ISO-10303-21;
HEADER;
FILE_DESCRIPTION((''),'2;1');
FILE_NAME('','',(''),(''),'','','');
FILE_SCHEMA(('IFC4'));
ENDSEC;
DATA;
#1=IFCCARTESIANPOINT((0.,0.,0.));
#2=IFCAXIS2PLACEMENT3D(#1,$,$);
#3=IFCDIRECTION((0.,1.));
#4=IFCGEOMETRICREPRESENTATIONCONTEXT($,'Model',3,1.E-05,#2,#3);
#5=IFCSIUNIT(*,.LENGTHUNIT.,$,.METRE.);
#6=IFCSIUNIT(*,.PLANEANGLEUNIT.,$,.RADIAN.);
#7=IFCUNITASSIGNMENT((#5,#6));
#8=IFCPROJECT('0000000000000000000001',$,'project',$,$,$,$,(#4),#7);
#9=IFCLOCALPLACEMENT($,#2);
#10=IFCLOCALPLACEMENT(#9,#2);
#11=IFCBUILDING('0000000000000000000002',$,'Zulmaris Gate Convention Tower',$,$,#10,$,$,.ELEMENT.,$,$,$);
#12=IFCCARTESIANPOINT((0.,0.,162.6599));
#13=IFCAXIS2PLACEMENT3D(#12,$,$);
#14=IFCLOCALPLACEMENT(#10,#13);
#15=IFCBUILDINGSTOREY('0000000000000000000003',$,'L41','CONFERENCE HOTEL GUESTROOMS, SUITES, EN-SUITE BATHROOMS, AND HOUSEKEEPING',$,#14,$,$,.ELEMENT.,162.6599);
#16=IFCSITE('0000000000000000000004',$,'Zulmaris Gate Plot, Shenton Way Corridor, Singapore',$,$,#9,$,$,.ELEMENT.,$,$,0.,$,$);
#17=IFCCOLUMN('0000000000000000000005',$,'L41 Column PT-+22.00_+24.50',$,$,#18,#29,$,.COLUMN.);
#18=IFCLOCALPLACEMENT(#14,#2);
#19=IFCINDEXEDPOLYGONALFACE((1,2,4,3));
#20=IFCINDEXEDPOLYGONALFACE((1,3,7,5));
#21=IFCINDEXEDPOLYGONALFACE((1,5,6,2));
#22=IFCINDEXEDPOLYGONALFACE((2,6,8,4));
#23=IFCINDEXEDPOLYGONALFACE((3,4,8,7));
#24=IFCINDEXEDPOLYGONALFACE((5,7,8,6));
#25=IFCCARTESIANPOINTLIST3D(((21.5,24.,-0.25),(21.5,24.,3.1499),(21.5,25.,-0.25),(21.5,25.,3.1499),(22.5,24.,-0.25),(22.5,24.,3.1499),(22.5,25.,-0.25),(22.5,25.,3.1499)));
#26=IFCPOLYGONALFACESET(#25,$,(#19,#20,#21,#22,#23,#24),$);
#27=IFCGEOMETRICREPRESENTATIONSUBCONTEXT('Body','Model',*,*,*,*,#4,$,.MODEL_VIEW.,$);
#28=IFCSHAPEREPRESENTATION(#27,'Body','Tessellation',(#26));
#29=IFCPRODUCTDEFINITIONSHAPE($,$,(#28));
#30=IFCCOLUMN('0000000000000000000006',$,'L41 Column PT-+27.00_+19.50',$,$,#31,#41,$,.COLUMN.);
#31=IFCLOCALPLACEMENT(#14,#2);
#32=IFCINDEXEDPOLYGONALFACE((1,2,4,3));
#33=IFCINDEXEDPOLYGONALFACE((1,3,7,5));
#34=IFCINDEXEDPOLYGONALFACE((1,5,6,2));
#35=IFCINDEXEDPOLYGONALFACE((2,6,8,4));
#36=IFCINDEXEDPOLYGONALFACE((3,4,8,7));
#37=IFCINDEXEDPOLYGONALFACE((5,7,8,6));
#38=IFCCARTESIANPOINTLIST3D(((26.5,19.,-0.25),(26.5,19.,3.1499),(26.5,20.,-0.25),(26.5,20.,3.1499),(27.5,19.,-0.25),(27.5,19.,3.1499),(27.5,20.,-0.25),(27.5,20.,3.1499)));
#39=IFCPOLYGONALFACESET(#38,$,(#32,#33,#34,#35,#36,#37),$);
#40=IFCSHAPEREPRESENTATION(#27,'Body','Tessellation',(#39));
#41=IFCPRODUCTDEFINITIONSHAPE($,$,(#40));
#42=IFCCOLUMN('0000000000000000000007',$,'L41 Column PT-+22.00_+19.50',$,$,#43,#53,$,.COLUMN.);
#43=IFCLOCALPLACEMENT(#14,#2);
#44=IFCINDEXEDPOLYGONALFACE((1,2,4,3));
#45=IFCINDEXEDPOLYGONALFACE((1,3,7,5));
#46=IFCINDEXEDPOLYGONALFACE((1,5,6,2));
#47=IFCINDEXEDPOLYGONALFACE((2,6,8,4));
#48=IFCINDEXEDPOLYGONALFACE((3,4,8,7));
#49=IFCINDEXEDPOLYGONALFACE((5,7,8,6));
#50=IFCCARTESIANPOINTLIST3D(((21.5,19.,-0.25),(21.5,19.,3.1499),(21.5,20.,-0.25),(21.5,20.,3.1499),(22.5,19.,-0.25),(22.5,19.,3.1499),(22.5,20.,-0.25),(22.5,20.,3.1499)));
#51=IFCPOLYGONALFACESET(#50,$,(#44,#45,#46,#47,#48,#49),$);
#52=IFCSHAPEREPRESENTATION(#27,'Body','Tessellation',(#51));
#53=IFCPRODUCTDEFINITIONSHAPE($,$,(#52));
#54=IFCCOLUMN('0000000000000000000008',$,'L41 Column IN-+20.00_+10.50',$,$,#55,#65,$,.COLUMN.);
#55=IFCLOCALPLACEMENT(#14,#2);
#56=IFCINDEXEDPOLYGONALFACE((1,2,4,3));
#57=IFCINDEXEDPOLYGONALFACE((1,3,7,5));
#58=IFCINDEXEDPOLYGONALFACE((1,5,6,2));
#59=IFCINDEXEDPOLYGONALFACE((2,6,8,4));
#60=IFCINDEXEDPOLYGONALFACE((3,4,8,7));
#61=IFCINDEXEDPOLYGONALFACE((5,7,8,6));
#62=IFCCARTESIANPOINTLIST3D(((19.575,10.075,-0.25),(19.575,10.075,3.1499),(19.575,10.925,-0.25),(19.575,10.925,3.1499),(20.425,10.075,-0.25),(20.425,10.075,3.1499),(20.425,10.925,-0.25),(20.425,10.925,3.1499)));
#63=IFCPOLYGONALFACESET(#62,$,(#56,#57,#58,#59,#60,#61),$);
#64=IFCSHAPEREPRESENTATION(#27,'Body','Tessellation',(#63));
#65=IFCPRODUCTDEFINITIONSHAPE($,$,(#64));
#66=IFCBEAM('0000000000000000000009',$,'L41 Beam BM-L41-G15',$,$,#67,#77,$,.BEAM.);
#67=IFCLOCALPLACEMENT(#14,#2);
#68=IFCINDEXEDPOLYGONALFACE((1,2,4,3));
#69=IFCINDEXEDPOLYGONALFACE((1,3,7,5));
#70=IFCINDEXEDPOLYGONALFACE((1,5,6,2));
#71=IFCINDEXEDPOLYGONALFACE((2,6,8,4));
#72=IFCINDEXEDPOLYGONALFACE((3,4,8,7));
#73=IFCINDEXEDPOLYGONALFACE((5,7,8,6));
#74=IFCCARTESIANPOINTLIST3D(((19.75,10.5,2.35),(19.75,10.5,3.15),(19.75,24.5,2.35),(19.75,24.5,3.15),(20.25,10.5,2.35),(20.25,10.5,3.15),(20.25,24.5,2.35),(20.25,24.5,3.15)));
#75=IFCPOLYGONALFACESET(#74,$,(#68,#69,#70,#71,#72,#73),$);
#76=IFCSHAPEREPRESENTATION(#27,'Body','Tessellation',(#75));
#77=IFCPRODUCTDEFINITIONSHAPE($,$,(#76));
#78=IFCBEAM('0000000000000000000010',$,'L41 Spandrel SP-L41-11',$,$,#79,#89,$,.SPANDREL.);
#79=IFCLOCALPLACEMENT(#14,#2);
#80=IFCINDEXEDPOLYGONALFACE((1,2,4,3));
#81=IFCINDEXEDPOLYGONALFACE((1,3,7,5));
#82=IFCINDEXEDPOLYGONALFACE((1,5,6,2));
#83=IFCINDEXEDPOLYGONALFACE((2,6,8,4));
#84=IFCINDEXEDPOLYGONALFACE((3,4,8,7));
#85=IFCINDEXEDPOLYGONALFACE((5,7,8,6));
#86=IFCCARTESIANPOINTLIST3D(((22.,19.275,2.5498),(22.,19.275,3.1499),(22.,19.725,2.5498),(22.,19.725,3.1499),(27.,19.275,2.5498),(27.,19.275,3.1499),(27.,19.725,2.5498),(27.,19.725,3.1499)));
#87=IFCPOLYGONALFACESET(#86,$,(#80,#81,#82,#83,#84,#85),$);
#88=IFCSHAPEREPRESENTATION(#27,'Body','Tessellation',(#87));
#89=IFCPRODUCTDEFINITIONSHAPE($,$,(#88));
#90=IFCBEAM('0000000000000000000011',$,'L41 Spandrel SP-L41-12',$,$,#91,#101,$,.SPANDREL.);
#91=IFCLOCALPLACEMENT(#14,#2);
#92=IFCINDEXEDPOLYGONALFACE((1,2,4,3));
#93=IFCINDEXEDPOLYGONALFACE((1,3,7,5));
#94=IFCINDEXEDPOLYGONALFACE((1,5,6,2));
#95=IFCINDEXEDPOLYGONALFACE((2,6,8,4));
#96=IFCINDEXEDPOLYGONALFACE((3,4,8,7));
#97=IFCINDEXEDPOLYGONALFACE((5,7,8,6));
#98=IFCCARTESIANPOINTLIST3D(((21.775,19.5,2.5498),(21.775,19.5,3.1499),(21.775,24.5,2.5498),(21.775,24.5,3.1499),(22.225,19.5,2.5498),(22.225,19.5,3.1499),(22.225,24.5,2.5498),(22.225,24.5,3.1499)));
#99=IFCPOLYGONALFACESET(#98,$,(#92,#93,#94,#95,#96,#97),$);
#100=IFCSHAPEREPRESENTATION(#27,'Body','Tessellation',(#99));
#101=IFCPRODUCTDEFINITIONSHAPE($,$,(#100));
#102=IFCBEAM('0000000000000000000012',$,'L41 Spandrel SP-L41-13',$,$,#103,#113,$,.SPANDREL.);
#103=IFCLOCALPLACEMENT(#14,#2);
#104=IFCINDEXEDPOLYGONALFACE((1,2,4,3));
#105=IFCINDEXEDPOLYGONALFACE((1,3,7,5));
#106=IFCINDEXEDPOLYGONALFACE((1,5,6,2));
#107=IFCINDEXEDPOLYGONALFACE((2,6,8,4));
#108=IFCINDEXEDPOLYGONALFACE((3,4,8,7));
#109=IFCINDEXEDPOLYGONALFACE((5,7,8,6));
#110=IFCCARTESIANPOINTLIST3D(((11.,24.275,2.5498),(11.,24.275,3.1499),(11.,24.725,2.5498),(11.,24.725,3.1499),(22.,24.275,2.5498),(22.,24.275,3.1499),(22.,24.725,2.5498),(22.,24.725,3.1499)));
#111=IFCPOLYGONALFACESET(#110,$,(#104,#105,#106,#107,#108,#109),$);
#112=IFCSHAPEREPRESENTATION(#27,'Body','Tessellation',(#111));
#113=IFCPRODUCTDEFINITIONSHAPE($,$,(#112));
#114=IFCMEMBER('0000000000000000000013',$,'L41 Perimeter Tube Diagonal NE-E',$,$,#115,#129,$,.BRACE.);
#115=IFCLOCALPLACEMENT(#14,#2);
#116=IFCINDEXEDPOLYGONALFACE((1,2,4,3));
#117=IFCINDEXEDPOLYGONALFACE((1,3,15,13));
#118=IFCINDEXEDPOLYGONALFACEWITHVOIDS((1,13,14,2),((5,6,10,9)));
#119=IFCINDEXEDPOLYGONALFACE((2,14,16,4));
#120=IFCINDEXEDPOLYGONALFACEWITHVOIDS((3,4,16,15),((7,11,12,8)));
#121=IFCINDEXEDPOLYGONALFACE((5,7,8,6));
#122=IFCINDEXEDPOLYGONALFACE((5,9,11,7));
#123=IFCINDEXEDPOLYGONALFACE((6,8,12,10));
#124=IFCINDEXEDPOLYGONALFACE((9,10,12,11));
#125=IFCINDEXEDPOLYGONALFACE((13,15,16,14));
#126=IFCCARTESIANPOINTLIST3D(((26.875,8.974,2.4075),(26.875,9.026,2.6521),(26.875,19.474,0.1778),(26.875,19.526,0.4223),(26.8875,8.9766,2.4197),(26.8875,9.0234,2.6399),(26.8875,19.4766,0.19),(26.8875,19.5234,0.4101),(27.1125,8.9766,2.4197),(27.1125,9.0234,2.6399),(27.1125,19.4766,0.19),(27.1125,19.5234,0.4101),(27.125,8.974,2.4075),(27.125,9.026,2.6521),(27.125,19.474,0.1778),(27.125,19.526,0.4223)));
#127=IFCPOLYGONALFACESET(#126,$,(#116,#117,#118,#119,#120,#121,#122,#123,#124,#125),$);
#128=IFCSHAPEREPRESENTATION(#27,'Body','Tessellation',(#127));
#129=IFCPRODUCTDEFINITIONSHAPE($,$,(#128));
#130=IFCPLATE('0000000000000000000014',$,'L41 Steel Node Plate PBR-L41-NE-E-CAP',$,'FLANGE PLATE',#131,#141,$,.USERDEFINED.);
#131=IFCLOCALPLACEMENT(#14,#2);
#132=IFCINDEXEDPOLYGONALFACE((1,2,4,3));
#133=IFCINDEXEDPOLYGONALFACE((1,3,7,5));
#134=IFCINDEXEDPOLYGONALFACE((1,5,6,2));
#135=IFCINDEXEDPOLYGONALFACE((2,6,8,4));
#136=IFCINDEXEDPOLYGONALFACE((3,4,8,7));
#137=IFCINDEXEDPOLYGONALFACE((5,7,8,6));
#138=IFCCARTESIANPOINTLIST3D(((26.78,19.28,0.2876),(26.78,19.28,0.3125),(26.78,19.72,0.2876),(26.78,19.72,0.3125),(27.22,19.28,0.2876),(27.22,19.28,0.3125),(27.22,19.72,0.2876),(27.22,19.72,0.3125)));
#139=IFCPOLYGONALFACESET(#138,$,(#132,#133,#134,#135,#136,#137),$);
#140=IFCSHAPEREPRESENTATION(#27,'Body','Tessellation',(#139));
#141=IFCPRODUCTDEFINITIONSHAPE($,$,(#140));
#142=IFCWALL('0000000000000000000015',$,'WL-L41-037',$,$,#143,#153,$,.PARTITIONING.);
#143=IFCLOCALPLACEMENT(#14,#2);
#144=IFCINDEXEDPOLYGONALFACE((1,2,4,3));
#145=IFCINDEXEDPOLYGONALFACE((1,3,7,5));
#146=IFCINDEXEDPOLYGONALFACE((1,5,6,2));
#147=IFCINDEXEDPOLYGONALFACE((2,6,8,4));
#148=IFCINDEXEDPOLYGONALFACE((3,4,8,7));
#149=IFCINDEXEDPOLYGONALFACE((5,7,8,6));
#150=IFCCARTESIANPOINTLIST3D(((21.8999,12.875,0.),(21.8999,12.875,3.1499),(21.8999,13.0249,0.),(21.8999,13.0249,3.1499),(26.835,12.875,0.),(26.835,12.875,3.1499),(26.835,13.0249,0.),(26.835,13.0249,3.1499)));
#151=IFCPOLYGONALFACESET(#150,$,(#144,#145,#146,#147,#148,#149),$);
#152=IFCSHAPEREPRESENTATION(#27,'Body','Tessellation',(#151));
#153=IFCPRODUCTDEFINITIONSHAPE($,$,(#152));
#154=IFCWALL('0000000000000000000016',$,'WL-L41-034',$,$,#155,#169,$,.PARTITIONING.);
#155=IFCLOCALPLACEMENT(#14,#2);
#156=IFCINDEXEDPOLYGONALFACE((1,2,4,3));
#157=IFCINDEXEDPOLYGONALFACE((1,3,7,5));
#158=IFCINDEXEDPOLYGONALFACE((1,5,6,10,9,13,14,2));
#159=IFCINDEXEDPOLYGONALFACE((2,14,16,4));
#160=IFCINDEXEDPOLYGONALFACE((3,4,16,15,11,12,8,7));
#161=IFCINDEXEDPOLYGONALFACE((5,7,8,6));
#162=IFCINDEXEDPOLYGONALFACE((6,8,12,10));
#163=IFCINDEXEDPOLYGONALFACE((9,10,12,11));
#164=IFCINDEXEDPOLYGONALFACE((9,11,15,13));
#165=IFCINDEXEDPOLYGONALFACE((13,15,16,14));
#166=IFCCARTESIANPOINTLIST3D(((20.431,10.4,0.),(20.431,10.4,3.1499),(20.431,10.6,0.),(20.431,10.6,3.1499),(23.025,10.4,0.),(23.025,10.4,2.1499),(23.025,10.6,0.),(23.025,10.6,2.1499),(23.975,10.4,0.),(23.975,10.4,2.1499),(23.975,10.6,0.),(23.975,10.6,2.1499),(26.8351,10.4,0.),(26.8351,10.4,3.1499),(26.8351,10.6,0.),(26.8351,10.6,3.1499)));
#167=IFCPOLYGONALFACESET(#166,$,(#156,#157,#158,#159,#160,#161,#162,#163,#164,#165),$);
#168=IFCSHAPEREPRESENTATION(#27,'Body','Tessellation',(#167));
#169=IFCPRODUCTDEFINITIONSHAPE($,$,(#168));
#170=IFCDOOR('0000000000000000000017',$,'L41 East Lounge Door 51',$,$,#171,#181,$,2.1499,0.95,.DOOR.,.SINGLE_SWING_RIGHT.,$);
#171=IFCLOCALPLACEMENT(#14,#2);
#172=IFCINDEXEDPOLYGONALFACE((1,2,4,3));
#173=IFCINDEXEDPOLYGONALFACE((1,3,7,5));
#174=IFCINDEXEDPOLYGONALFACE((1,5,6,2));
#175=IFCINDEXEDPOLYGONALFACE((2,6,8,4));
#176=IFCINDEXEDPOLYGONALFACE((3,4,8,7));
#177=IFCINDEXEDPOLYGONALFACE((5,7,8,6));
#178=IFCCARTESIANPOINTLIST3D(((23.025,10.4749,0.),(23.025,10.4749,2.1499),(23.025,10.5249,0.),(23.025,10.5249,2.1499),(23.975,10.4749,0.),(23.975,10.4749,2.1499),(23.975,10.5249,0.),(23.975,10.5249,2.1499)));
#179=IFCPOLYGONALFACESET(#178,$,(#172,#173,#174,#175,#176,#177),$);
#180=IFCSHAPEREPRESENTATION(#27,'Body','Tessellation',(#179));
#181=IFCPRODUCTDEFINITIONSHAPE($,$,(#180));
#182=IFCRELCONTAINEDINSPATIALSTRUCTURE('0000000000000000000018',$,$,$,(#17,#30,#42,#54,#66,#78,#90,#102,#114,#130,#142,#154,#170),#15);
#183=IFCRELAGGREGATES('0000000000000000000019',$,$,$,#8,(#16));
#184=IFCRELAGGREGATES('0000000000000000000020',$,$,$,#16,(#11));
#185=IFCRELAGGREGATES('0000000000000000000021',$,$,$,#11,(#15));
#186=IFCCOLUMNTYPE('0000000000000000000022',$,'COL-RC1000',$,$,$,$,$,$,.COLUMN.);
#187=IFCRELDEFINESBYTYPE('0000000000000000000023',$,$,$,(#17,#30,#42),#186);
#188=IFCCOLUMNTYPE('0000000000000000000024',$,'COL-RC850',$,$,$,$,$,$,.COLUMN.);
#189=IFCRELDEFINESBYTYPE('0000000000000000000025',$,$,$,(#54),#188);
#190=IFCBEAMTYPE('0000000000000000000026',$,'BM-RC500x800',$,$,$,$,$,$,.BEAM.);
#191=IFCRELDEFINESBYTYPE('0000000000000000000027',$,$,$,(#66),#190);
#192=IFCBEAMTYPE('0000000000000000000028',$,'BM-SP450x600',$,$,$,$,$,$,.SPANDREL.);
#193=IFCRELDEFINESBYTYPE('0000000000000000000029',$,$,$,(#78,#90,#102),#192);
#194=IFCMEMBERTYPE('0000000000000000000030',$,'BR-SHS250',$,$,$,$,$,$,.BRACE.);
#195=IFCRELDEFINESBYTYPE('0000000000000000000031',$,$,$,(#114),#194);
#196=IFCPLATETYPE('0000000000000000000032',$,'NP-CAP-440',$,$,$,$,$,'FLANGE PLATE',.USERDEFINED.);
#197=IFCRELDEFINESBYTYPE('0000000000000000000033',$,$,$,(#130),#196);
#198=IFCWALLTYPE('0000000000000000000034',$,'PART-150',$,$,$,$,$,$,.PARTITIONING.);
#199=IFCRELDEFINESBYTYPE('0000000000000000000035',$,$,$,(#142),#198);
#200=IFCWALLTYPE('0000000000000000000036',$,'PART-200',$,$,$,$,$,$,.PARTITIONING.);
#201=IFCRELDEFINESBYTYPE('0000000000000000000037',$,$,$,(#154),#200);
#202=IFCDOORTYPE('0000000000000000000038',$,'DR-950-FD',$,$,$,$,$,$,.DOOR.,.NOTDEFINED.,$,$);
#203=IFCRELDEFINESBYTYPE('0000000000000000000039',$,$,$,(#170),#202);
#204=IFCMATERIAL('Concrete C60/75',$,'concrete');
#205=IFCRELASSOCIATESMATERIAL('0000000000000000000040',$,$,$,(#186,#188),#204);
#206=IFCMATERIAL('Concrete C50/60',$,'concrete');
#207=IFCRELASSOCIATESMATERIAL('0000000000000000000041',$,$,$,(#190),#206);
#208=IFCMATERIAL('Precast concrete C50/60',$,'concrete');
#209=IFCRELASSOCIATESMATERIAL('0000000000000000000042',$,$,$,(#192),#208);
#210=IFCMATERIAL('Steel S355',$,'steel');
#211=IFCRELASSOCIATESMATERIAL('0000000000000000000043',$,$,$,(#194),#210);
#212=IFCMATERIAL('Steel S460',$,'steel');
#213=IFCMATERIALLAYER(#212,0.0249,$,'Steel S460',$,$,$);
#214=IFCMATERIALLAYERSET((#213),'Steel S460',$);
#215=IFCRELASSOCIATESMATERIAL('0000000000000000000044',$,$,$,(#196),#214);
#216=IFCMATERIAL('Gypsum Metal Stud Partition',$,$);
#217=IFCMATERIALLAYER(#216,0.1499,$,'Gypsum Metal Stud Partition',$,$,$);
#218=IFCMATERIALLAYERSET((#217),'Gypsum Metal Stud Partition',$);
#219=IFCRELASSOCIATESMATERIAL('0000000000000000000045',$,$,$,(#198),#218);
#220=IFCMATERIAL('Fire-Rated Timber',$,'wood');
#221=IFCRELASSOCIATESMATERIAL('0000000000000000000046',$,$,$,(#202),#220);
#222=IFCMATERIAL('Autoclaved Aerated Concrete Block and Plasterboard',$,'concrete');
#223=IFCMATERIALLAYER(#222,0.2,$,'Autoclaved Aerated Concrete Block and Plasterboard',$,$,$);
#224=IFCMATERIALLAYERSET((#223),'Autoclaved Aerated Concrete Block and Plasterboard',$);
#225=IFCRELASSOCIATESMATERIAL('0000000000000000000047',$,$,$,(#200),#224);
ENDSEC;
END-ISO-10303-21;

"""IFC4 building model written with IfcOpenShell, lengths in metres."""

from ifc_helpers import new_model, si_unit, direction, frame, frame_2d, origin, origin_2d, place, context, subcontext, project, spatial, rectangle, hollow_rectangle, extrude, material, layer, layer_set, material_profile, profile_set, type_object, element, fill, save


model = new_model("IFC4")

# Units and contexts
model_context = context("Model", 3, precision=1e-05, world=origin(), true_north=direction((0.0, 1.0)))
body_context = subcontext(model_context, "Body", "Model", "MODEL_VIEW")
ifc_project = project(units=[si_unit("LENGTHUNIT", "METRE"), si_unit("PLANEANGLEUNIT", "RADIAN")], contexts=[model_context])

# Site, building, storey
site_placement = place(None, origin())
site = spatial("IfcSite", under=ifc_project, at=site_placement, Name="Zulmaris Gate Plot, Shenton Way Corridor, Singapore", CompositionType="ELEMENT", RefElevation=0.0)
building_placement = place(site_placement, origin())
building = spatial("IfcBuilding", under=site, at=building_placement, Name="Zulmaris Gate Convention Tower", CompositionType="ELEMENT")
storey_placement = place(building_placement, frame((0.0, 0.0, 162.6599)))
storey = spatial("IfcBuildingStorey", under=building, at=storey_placement, Name="L41", Description="CONFERENCE HOTEL GUESTROOMS, SUITES, EN-SUITE BATHROOMS, AND HOUSEKEEPING", CompositionType="ELEMENT", Elevation=162.6599)

# Columns
ifc_material_1 = material(Name="Concrete C60/75", Category="concrete")
ifc_material_profile_1 = material_profile(ifc_material_1, rectangle(XDim=1.0, YDim=1.0, at=origin_2d()), Name="RC COL 1000x1000")
ifc_profile_set_1 = profile_set([ifc_material_profile_1], Name="Concrete C60/75")
column_type_1 = type_object("IfcColumnType", Name="COL-RC1000", PredefinedType="COLUMN", material=ifc_profile_set_1)
for number, where, z_axis, x_axis, name in (
    (1, (22.0, 24.5, -0.25), (0.0, 0.0, 1.0), (1.0, 0.0, 0.0), "L41 Column PT-+22.00_+24.50"),
    (2, (27.0, 19.5, -0.25), (0.0, 0.0, 1.0), (1.0, 0.0, 0.0), "L41 Column PT-+27.00_+19.50"),
    (3, (22.0, 19.5, -0.25), (0.0, 0.0, 1.0), (1.0, 0.0, 0.0), "L41 Column PT-+22.00_+19.50"),
):
    element("IfcColumn", number, at=place(storey_placement, frame(where, z_axis=z_axis, x_axis=x_axis)), inside=storey, type_object=column_type_1, Name=name, PredefinedType="COLUMN", context=body_context, shape_type="SweptSolid", body=[
        extrude(rectangle(XDim=1.0, YDim=1.0, at=origin_2d()), origin(), (0.0, 0.0, 1.0), 3.3999),
    ])
ifc_material_profile_2 = material_profile(ifc_material_1, rectangle(XDim=0.8501, YDim=0.8501, at=origin_2d()), Name="RC COL 850x850")
ifc_profile_set_2 = profile_set([ifc_material_profile_2], Name="Concrete C60/75")
column_type_2 = type_object("IfcColumnType", Name="COL-RC850", PredefinedType="COLUMN", material=ifc_profile_set_2)
column_placement = place(storey_placement, frame((20.0, 10.5, -0.25), z_axis=(0.0, 0.0, 1.0), x_axis=(1.0, 0.0, 0.0)))
element("IfcColumn", 4, at=column_placement, inside=storey, type_object=column_type_2, Name="L41 Column IN-+20.00_+10.50", PredefinedType="COLUMN", context=body_context, shape_type="SweptSolid", body=[
    extrude(rectangle(XDim=0.8501, YDim=0.8501, at=origin_2d()), origin(), (0.0, 0.0, 1.0), 3.3999),
])

# Beams
ifc_material_2 = material(Name="Concrete C50/60", Category="concrete")
ifc_material_profile_3 = material_profile(ifc_material_2, rectangle(XDim=0.5, YDim=0.8, at=origin_2d()), Name="RC BEAM 500x800")
ifc_profile_set_3 = profile_set([ifc_material_profile_3], Name="Concrete C50/60")
beam_type_1 = type_object("IfcBeamType", Name="BM-RC500x800", PredefinedType="BEAM", material=ifc_profile_set_3)
beam_1_placement = place(storey_placement, frame((20.0, 10.5, 2.75), z_axis=(0.0, 1.0, 0.0), x_axis=(-1.0, 0.0, 0.0)))
element("IfcBeam", 5, at=beam_1_placement, inside=storey, type_object=beam_type_1, Name="L41 Beam BM-L41-G15", PredefinedType="BEAM", context=body_context, shape_type="SweptSolid", body=[
    extrude(rectangle(XDim=0.5, YDim=0.8, at=origin_2d()), origin(), (0.0, 0.0, 1.0), 14.0),
])
ifc_material_3 = material(Name="Precast concrete C50/60", Category="concrete")
ifc_material_profile_4 = material_profile(ifc_material_3, rectangle(XDim=0.45, YDim=0.6001, at=origin_2d()), Name="RC SPANDREL 450x600")
ifc_profile_set_4 = profile_set([ifc_material_profile_4], Name="Precast concrete C50/60")
beam_type_2 = type_object("IfcBeamType", Name="BM-SP450x600", PredefinedType="SPANDREL", material=ifc_profile_set_4)
for number, where, z_axis, x_axis, name in (
    (6, (27.0, 19.5, 2.8499), (-1.0, 0.0, 0.0), (0.0, -1.0, 0.0), "L41 Spandrel SP-L41-11"),
    (7, (22.0, 19.5, 2.8499), (0.0, 1.0, 0.0), (-1.0, 0.0, 0.0), "L41 Spandrel SP-L41-12"),
):
    element("IfcBeam", number, at=place(storey_placement, frame(where, z_axis=z_axis, x_axis=x_axis)), inside=storey, type_object=beam_type_2, Name=name, PredefinedType="SPANDREL", context=body_context, shape_type="SweptSolid", body=[
        extrude(rectangle(XDim=0.45, YDim=0.6001, at=origin_2d()), origin(), (0.0, 0.0, 1.0), 5.0),
    ])
beam_2_placement = place(storey_placement, frame((22.0, 24.5, 2.8499), z_axis=(-1.0, 0.0, 0.0), x_axis=(0.0, -1.0, 0.0)))
element("IfcBeam", 8, at=beam_2_placement, inside=storey, type_object=beam_type_2, Name="L41 Spandrel SP-L41-13", PredefinedType="SPANDREL", context=body_context, shape_type="SweptSolid", body=[
    extrude(rectangle(XDim=0.45, YDim=0.6001, at=origin_2d()), origin(), (0.0, 0.0, 1.0), 11.0),
])

# Member
ifc_material_4 = material(Name="Steel S355", Category="steel")
ifc_material_profile_5 = material_profile(ifc_material_4, hollow_rectangle(XDim=0.25, YDim=0.25, WallThickness=0.0125, at=origin_2d()), Name="SHS 250x250x12.5")
ifc_profile_set_5 = profile_set([ifc_material_profile_5], Name="Steel S355")
member_type = type_object("IfcMemberType", Name="BR-SHS250", PredefinedType="BRACE", material=ifc_profile_set_5)
member_placement = place(storey_placement, frame((27.0, 19.5, 0.3), z_axis=(0.0, -0.978188, 0.207724), x_axis=(1.0, 0.0, 0.0)))
element("IfcMember", 9, at=member_placement, inside=storey, type_object=member_type, Name="L41 Perimeter Tube Diagonal NE-E", PredefinedType="BRACE", context=body_context, shape_type="SweptSolid", body=[
    extrude(hollow_rectangle(XDim=0.25, YDim=0.25, WallThickness=0.0125, at=origin_2d()), origin(), (0.0, 0.0, 1.0), 10.7341),
])

# Plate
ifc_material_5 = material(Name="Steel S460", Category="steel")
ifc_layer_1 = layer(ifc_material_5, 0.0249, Name="Steel S460")
ifc_layer_set_1 = layer_set([ifc_layer_1], Name="Steel S460")
plate_type = type_object("IfcPlateType", Name="NP-CAP-440", ElementType="FLANGE PLATE", PredefinedType="USERDEFINED", material=ifc_layer_set_1)
plate_placement = place(storey_placement, frame((27.0, 19.5, 0.2876), z_axis=(0.0, 0.0, 1.0), x_axis=(1.0, 0.0, 0.0)))
element("IfcPlate", 10, at=plate_placement, inside=storey, type_object=plate_type, Name="L41 Steel Node Plate PBR-L41-NE-E-CAP", ObjectType="FLANGE PLATE", PredefinedType="USERDEFINED", context=body_context, shape_type="SweptSolid", body=[
    extrude(rectangle(XDim=0.4399, YDim=0.4399, at=origin_2d()), origin(), (0.0, 0.0, 1.0), 0.0249),
])

# Wall
ifc_material_6 = material(Name="Gypsum Metal Stud Partition")
ifc_layer_2 = layer(ifc_material_6, 0.1499, Name="Gypsum Metal Stud Partition")
ifc_layer_set_2 = layer_set([ifc_layer_2], Name="Gypsum Metal Stud Partition")
wall_type_1 = type_object("IfcWallType", Name="PART-150", PredefinedType="PARTITIONING", material=ifc_layer_set_2)
wall_1_placement = place(storey_placement, frame((21.8999, 12.95, 0.0), z_axis=(0.0, 0.0, 1.0), x_axis=(1.0, 0.0, 0.0)))
element("IfcWall", 11, at=wall_1_placement, inside=storey, type_object=wall_type_1, Name="WL-L41-037", PredefinedType="PARTITIONING", context=body_context, shape_type="SweptSolid", body=[
    extrude(rectangle(XDim=4.9351, YDim=0.1499, at=frame_2d((2.4675, 0.0))), origin(), (0.0, 0.0, 1.0), 3.1499),
])

# Wall, opening, door
ifc_material_7 = material(Name="Fire-Rated Timber", Category="wood")
door_type = type_object("IfcDoorType", Name="DR-950-FD", OperationType="NOTDEFINED", PredefinedType="DOOR", material=ifc_material_7)
ifc_material_8 = material(Name="Autoclaved Aerated Concrete Block and Plasterboard", Category="concrete")
ifc_layer_3 = layer(ifc_material_8, 0.2, Name="Autoclaved Aerated Concrete Block and Plasterboard")
ifc_layer_set_3 = layer_set([ifc_layer_3], Name="Autoclaved Aerated Concrete Block and Plasterboard")
wall_type_2 = type_object("IfcWallType", Name="PART-200", PredefinedType="PARTITIONING", material=ifc_layer_set_3)
wall_2_placement = place(storey_placement, frame((20.4309, 10.5, 0.0), z_axis=(0.0, 0.0, 1.0), x_axis=(1.0, 0.0, 0.0)))
wall_2 = element("IfcWall", 12, at=wall_2_placement, inside=storey, type_object=wall_type_2, Name="WL-L41-034", PredefinedType="PARTITIONING", context=body_context, shape_type="SweptSolid", body=[
    extrude(rectangle(XDim=6.4041, YDim=0.2, at=frame_2d((3.2021, 0.0))), origin(), (0.0, 0.0, 1.0), 3.1499),
])
opening_1_placement = place(wall_2_placement, frame((2.594, 0.0, 0.0)))
opening_1 = element("IfcOpeningElement", 13, at=opening_1_placement, cuts=wall_2, PredefinedType="OPENING", context=body_context, shape_type="SweptSolid", body=[
    extrude(rectangle(XDim=0.95, YDim=2.1499, at=frame_2d((0.4751, 1.075))), frame((0.0, 0.1099, 0.0), z_axis=(0.0, -1.0, 0.0), x_axis=(1.0, 0.0, 0.0)), (0.0, 0.0, 1.0), 0.22),
])
door_1_placement = place(opening_1_placement, origin())
door_1 = element("IfcDoor", 14, at=door_1_placement, inside=storey, type_object=door_type, Name="L41 East Lounge Door 51", OperationType="SINGLE_SWING_RIGHT", OverallHeight=2.1499, OverallWidth=0.95, PredefinedType="DOOR", context=body_context, shape_type="SweptSolid", body=[
    extrude(rectangle(XDim=0.95, YDim=2.1499, at=frame_2d((0.4751, 1.075))), frame((0.0, 0.0249, 0.0), z_axis=(0.0, -1.0, 0.0), x_axis=(1.0, 0.0, 0.0)), (0.0, 0.0, 1.0), 0.05),
])
fill(opening_1, door_1)

save(model, "model.ifc")
